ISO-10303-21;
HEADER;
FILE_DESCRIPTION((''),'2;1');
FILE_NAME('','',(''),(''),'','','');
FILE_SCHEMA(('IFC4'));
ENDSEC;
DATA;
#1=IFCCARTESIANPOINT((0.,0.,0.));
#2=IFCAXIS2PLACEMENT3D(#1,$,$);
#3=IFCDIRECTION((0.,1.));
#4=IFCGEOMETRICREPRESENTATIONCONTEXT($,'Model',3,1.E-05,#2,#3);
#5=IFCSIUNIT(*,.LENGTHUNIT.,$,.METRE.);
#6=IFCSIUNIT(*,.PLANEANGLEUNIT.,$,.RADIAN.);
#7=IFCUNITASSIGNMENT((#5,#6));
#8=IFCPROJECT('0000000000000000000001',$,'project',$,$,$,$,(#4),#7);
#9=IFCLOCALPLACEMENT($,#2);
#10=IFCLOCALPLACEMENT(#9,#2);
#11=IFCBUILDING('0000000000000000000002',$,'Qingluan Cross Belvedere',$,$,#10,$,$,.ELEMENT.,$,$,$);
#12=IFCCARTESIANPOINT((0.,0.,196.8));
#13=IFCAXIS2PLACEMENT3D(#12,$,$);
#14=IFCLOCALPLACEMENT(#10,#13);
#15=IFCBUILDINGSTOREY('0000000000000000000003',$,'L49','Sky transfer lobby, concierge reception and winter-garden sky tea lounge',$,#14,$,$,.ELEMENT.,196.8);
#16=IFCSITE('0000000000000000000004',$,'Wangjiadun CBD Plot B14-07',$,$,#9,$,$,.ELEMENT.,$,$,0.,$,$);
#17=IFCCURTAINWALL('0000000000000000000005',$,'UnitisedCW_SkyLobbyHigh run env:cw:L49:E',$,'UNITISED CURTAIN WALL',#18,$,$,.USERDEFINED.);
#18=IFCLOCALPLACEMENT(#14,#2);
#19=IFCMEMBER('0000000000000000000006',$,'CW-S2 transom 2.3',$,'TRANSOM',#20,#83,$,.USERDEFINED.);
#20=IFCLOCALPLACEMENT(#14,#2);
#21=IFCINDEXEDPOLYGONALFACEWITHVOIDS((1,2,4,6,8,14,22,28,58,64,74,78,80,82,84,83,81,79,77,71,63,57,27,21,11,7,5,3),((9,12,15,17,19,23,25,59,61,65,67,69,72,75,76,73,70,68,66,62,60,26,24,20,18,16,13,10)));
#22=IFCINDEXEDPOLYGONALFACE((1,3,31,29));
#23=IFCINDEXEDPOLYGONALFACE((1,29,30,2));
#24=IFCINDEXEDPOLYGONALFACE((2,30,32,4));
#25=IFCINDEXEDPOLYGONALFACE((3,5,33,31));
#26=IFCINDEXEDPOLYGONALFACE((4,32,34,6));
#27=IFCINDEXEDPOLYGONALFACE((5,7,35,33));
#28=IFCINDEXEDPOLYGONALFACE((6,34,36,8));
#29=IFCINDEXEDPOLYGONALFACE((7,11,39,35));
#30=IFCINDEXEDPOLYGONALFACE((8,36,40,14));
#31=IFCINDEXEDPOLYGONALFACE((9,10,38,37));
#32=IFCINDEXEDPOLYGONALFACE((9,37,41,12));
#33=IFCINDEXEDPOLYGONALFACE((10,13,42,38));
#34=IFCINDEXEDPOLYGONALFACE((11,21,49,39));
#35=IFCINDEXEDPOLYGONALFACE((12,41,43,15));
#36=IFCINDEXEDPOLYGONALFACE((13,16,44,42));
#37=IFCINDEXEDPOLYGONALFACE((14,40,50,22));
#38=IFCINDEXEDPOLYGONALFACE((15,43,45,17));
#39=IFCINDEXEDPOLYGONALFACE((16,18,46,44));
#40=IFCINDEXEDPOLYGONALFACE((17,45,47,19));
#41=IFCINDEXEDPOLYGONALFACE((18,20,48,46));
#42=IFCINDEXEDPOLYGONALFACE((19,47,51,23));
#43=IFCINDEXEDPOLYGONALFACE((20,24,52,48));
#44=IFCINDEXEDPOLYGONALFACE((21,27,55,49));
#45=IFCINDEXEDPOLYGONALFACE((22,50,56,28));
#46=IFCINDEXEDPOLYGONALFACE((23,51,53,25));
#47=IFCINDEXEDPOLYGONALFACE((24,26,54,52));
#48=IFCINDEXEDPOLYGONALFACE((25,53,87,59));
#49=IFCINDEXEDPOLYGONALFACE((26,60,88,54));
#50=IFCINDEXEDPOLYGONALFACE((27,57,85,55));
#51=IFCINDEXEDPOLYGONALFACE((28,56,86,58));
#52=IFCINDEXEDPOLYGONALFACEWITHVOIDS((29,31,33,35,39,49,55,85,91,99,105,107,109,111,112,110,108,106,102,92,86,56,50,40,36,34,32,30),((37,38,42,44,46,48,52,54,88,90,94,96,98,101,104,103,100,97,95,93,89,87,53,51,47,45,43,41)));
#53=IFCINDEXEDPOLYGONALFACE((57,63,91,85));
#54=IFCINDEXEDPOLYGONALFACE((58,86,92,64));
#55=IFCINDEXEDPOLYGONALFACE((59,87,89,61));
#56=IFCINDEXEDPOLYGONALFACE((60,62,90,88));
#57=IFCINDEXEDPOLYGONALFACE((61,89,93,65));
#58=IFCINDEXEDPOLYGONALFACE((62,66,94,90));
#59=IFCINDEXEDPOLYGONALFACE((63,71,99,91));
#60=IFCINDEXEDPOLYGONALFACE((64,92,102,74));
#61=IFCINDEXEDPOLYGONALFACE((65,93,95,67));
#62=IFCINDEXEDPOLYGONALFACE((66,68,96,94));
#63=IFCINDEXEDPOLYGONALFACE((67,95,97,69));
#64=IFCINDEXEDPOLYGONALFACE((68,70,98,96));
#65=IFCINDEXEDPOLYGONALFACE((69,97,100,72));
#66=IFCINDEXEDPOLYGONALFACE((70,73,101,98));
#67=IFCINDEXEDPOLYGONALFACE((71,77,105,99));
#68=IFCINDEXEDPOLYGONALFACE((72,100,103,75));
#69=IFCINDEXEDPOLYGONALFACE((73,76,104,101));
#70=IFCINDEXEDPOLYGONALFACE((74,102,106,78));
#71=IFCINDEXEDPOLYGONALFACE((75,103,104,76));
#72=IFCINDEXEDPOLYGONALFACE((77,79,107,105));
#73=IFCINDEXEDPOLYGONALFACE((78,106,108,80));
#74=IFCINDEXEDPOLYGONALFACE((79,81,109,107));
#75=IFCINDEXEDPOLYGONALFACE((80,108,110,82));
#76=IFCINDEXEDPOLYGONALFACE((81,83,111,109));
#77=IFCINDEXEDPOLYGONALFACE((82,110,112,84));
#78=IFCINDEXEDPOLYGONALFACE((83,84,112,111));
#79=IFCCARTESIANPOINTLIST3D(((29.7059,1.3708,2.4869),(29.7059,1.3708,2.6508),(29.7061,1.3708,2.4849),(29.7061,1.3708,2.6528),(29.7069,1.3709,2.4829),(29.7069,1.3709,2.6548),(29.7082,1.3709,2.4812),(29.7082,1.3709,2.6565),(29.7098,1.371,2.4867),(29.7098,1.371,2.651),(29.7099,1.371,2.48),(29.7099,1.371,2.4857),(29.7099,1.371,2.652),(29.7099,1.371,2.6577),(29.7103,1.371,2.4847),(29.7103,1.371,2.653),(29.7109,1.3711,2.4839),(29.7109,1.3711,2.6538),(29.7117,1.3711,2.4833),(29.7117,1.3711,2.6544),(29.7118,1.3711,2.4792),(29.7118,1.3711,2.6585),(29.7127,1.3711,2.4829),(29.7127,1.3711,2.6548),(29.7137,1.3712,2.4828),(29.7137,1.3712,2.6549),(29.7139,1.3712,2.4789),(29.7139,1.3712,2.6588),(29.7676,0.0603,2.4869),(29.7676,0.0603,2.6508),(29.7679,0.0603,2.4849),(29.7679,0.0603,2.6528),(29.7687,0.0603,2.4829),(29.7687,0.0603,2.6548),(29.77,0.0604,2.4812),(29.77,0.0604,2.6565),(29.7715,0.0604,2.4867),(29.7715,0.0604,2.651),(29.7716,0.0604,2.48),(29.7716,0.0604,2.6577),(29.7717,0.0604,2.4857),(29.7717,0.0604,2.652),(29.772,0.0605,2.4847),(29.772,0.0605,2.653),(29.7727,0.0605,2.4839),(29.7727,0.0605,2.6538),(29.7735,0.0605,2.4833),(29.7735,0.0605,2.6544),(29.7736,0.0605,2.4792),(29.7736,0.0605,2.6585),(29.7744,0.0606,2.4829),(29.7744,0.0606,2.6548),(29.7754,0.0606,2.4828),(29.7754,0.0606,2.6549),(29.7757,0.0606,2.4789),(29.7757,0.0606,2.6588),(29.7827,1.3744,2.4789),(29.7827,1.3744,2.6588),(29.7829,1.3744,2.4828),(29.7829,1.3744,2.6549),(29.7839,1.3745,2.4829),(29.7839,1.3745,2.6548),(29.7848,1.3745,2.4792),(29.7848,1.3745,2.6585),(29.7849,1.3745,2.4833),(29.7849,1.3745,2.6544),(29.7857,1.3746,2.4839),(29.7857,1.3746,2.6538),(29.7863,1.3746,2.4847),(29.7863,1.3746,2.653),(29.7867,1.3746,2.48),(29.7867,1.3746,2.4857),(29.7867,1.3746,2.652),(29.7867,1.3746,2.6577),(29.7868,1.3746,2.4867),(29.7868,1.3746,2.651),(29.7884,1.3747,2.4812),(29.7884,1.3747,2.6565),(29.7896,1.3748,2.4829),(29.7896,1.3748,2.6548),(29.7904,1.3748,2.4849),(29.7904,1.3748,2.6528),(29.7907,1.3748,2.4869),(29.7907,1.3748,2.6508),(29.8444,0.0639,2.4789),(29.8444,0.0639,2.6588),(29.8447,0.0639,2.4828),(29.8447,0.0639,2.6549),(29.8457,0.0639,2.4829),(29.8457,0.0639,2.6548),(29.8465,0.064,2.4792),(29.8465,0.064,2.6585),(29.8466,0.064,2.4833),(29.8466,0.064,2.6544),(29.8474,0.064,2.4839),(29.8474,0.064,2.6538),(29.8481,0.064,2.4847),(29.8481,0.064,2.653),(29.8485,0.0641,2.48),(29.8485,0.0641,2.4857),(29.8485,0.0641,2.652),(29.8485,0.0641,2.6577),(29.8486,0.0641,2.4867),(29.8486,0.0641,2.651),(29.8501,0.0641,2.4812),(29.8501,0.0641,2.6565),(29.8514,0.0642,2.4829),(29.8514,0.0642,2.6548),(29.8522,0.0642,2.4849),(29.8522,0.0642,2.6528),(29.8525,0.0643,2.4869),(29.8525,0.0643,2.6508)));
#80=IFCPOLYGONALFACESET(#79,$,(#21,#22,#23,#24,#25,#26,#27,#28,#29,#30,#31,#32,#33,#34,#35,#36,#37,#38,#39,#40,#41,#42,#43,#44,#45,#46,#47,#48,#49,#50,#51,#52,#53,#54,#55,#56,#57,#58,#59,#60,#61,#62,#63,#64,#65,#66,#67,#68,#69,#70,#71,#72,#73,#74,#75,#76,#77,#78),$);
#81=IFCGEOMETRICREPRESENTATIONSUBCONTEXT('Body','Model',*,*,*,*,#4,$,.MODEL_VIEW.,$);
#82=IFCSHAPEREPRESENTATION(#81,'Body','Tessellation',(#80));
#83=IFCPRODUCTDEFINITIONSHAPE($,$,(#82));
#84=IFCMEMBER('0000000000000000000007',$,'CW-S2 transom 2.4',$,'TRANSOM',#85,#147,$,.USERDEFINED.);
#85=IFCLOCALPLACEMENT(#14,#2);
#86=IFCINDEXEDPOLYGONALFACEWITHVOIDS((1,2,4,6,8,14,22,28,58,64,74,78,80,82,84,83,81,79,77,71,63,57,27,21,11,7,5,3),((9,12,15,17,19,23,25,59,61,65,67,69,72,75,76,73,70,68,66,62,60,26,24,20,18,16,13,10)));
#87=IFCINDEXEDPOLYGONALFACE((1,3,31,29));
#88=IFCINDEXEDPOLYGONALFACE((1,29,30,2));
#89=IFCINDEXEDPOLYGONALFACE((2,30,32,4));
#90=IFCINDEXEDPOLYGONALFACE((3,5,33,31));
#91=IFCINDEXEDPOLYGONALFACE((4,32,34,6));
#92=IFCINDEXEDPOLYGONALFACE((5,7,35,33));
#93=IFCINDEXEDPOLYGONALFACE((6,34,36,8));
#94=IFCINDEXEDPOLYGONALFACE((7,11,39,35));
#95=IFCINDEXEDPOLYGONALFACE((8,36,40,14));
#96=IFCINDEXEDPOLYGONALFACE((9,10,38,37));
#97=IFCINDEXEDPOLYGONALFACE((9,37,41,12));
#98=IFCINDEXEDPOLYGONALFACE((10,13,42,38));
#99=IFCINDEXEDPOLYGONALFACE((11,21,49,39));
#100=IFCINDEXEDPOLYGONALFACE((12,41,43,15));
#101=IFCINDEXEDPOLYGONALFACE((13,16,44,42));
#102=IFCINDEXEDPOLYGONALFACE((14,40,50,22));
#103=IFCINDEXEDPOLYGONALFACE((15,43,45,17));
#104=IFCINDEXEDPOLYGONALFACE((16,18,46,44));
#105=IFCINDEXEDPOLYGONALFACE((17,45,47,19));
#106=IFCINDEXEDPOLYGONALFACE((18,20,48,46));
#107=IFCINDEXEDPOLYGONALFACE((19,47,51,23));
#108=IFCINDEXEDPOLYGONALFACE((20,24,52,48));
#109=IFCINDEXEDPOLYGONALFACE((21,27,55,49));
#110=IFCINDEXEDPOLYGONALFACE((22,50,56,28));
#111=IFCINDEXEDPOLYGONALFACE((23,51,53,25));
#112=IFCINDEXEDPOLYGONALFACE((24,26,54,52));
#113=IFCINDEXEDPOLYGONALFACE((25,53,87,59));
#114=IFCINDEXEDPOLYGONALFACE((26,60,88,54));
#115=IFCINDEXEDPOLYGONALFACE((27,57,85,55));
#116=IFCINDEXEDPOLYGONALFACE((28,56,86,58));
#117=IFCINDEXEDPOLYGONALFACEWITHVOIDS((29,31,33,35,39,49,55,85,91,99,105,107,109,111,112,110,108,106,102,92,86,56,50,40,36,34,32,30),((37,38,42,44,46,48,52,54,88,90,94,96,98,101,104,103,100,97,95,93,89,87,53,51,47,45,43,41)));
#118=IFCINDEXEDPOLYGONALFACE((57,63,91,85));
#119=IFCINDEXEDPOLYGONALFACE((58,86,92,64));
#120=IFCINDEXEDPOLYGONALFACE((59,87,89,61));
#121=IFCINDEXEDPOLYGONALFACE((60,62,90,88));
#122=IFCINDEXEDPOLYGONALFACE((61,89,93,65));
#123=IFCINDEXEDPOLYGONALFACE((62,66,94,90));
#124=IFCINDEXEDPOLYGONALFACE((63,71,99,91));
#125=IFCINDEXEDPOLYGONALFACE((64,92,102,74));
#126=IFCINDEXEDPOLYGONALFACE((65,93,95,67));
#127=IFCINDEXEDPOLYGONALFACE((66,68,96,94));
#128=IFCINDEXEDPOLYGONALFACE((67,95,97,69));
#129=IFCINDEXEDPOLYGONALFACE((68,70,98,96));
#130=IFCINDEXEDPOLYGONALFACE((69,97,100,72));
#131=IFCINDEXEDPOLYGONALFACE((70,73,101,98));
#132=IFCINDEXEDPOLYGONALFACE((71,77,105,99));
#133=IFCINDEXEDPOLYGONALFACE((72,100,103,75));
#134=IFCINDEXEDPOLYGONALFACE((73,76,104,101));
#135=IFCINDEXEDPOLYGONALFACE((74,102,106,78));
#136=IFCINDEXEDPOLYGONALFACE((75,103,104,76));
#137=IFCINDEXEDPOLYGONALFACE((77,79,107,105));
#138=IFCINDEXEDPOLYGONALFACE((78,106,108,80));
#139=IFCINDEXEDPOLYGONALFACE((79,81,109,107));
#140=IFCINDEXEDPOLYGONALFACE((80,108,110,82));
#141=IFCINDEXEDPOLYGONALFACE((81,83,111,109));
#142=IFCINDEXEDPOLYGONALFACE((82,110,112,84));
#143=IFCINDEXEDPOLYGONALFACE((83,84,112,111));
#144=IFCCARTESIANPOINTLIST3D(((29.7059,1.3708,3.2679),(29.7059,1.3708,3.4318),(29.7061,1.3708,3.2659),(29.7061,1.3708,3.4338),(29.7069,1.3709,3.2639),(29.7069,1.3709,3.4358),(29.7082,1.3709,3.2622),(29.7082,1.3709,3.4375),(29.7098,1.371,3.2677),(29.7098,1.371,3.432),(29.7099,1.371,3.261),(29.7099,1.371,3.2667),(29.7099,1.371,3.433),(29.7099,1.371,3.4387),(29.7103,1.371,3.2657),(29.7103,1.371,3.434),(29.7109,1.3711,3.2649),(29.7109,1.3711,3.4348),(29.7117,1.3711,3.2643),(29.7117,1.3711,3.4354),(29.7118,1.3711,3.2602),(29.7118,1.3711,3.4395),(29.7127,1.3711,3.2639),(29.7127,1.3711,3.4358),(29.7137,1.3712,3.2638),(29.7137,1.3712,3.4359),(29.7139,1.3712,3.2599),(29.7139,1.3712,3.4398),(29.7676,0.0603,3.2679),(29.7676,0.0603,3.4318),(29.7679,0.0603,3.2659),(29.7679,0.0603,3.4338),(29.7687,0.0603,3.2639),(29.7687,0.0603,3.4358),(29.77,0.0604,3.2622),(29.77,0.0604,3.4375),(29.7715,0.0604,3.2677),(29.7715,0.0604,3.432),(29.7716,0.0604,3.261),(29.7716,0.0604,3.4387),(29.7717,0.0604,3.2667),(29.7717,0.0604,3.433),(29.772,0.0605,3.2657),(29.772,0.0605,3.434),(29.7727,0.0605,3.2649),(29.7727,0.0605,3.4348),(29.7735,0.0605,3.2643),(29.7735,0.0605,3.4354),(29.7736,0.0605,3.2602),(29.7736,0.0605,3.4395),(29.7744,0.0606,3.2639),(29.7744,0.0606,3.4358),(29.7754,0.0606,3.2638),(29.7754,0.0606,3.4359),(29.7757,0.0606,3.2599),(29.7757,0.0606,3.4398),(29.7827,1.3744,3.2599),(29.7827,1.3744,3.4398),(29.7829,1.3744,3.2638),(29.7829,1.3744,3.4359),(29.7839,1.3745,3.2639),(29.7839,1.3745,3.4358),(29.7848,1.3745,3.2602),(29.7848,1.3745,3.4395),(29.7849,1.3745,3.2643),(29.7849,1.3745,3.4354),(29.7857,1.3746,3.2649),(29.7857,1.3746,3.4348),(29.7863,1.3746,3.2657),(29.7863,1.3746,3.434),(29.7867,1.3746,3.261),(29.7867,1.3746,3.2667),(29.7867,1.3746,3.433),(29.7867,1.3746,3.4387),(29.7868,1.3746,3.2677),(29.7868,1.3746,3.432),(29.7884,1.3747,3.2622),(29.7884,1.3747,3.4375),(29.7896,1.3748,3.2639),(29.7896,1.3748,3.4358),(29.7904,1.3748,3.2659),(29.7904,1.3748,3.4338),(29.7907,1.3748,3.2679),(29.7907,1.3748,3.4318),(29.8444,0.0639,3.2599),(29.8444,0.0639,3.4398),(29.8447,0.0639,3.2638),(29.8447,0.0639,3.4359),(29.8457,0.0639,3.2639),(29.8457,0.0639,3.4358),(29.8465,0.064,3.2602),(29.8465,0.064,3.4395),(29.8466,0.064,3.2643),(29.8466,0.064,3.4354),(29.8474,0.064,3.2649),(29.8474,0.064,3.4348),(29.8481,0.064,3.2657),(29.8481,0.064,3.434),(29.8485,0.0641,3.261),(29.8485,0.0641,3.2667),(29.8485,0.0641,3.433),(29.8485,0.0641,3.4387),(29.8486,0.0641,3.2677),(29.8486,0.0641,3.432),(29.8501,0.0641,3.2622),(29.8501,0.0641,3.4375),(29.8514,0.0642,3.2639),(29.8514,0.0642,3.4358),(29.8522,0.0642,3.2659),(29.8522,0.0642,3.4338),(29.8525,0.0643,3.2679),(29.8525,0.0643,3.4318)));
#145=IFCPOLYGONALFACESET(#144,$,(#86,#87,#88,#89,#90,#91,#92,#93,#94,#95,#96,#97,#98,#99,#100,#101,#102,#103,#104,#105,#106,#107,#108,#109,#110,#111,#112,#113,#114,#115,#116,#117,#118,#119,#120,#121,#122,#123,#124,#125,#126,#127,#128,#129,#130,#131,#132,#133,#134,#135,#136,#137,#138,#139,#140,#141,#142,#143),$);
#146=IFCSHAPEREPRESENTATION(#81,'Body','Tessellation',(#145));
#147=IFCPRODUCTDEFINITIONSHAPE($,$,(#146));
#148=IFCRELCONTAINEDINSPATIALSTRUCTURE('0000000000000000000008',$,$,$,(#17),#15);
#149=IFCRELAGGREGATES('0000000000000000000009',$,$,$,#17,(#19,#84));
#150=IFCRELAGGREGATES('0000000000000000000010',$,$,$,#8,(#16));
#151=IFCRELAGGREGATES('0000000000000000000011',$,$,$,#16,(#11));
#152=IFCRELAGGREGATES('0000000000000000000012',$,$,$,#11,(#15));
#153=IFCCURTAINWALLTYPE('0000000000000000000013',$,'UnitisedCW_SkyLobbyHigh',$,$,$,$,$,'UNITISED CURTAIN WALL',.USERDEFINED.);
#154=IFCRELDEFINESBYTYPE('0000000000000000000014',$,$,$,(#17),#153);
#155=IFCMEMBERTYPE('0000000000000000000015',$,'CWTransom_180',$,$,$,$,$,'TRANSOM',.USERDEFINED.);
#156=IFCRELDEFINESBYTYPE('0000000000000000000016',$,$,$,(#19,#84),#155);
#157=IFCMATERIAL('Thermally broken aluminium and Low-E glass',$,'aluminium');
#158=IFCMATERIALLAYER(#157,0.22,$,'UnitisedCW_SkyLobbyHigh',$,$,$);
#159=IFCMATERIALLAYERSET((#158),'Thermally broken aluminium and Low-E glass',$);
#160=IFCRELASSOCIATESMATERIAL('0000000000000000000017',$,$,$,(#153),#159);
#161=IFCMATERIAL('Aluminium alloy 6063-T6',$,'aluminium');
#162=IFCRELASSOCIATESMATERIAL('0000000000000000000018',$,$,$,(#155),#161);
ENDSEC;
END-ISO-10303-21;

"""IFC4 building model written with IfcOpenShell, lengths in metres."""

from ifc_helpers import new_model, si_unit, direction, frame, origin, origin_2d, place, context, subcontext, project, spatial, hollow_rectangle, extrude, material, layer, layer_set, material_profile, profile_set, type_object, element, aggregate, save


model = new_model("IFC4")

# Units and contexts
model_context = context("Model", 3, precision=1e-05, world=origin(), true_north=direction((0.0, 1.0)))
body_context = subcontext(model_context, "Body", "Model", "MODEL_VIEW")
ifc_project = project(units=[si_unit("LENGTHUNIT", "METRE"), si_unit("PLANEANGLEUNIT", "RADIAN")], contexts=[model_context])

# Site, building, storey
site_placement = place(None, origin())
site = spatial("IfcSite", under=ifc_project, at=site_placement, Name="Wangjiadun CBD Plot B14-07", CompositionType="ELEMENT", RefElevation=0.0)
building_placement = place(site_placement, origin())
building = spatial("IfcBuilding", under=site, at=building_placement, Name="Qingluan Cross Belvedere", CompositionType="ELEMENT")
storey_placement = place(building_placement, frame((0.0, 0.0, 196.8)))
storey = spatial("IfcBuildingStorey", under=building, at=storey_placement, Name="L49", Description="Sky transfer lobby, concierge reception and winter-garden sky tea lounge", CompositionType="ELEMENT", Elevation=196.8)

# Curtain wall, members
ifc_material_1 = material(Name="Thermally broken aluminium and Low-E glass", Category="aluminium")
ifc_layer_1 = layer(ifc_material_1, 0.22, Name="UnitisedCW_SkyLobbyHigh")
ifc_layer_set_1 = layer_set([ifc_layer_1], Name="Thermally broken aluminium and Low-E glass")
curtain_wall_type = type_object("IfcCurtainWallType", Name="UnitisedCW_SkyLobbyHigh", ElementType="UNITISED CURTAIN WALL", PredefinedType="USERDEFINED", material=ifc_layer_set_1)
curtain_wall_placement = place(storey_placement, origin())
curtain_wall = element("IfcCurtainWall", 1, at=curtain_wall_placement, inside=storey, type_object=curtain_wall_type, Name="UnitisedCW_SkyLobbyHigh run env:cw:L49:E", ObjectType="UNITISED CURTAIN WALL", PredefinedType="USERDEFINED")
ifc_material_2 = material(Name="Aluminium alloy 6063-T6", Category="aluminium")
ifc_material_profile_1 = material_profile(ifc_material_2, hollow_rectangle(XDim=0.085, YDim=0.1799, WallThickness=0.0039, InnerFilletRadius=0.0039, OuterFilletRadius=0.0081, at=origin_2d()), Name="CWT180x85x4")
ifc_profile_set_1 = profile_set([ifc_material_profile_1], Name="Aluminium alloy 6063-T6")
member_type_1 = type_object("IfcMemberType", Name="CWTransom_180", ElementType="TRANSOM", PredefinedType="USERDEFINED", material=ifc_profile_set_1)
member_1_placement = place(storey_placement, frame((29.8101, 0.0623, 2.5688), z_axis=(-0.047079, 0.998891, 0.0), x_axis=(-0.998891, -0.047079, 0.0)))
member_1 = element("IfcMember", 2, at=member_1_placement, type_object=member_type_1, Name="CW-S2 transom 2.3", ObjectType="TRANSOM", PredefinedType="USERDEFINED", context=body_context, shape_type="SweptSolid", body=[
    extrude(hollow_rectangle(XDim=0.085, YDim=0.1799, WallThickness=0.0039, InnerFilletRadius=0.0039, OuterFilletRadius=0.0081, at=origin_2d()), origin(), (0.0, 0.0, 1.0), 1.312),
])
member_2_placement = place(storey_placement, frame((29.8101, 0.0623, 3.3499), z_axis=(-0.047079, 0.998891, 0.0), x_axis=(-0.998891, -0.047079, 0.0)))
member_2 = element("IfcMember", 3, at=member_2_placement, type_object=member_type_1, Name="CW-S2 transom 2.4", ObjectType="TRANSOM", PredefinedType="USERDEFINED", context=body_context, shape_type="SweptSolid", body=[
    extrude(hollow_rectangle(XDim=0.085, YDim=0.1799, WallThickness=0.0039, InnerFilletRadius=0.0039, OuterFilletRadius=0.0081, at=origin_2d()), origin(), (0.0, 0.0, 1.0), 1.312),
])
aggregate(curtain_wall, [member_1, member_2])

save(model, "model.ifc")
